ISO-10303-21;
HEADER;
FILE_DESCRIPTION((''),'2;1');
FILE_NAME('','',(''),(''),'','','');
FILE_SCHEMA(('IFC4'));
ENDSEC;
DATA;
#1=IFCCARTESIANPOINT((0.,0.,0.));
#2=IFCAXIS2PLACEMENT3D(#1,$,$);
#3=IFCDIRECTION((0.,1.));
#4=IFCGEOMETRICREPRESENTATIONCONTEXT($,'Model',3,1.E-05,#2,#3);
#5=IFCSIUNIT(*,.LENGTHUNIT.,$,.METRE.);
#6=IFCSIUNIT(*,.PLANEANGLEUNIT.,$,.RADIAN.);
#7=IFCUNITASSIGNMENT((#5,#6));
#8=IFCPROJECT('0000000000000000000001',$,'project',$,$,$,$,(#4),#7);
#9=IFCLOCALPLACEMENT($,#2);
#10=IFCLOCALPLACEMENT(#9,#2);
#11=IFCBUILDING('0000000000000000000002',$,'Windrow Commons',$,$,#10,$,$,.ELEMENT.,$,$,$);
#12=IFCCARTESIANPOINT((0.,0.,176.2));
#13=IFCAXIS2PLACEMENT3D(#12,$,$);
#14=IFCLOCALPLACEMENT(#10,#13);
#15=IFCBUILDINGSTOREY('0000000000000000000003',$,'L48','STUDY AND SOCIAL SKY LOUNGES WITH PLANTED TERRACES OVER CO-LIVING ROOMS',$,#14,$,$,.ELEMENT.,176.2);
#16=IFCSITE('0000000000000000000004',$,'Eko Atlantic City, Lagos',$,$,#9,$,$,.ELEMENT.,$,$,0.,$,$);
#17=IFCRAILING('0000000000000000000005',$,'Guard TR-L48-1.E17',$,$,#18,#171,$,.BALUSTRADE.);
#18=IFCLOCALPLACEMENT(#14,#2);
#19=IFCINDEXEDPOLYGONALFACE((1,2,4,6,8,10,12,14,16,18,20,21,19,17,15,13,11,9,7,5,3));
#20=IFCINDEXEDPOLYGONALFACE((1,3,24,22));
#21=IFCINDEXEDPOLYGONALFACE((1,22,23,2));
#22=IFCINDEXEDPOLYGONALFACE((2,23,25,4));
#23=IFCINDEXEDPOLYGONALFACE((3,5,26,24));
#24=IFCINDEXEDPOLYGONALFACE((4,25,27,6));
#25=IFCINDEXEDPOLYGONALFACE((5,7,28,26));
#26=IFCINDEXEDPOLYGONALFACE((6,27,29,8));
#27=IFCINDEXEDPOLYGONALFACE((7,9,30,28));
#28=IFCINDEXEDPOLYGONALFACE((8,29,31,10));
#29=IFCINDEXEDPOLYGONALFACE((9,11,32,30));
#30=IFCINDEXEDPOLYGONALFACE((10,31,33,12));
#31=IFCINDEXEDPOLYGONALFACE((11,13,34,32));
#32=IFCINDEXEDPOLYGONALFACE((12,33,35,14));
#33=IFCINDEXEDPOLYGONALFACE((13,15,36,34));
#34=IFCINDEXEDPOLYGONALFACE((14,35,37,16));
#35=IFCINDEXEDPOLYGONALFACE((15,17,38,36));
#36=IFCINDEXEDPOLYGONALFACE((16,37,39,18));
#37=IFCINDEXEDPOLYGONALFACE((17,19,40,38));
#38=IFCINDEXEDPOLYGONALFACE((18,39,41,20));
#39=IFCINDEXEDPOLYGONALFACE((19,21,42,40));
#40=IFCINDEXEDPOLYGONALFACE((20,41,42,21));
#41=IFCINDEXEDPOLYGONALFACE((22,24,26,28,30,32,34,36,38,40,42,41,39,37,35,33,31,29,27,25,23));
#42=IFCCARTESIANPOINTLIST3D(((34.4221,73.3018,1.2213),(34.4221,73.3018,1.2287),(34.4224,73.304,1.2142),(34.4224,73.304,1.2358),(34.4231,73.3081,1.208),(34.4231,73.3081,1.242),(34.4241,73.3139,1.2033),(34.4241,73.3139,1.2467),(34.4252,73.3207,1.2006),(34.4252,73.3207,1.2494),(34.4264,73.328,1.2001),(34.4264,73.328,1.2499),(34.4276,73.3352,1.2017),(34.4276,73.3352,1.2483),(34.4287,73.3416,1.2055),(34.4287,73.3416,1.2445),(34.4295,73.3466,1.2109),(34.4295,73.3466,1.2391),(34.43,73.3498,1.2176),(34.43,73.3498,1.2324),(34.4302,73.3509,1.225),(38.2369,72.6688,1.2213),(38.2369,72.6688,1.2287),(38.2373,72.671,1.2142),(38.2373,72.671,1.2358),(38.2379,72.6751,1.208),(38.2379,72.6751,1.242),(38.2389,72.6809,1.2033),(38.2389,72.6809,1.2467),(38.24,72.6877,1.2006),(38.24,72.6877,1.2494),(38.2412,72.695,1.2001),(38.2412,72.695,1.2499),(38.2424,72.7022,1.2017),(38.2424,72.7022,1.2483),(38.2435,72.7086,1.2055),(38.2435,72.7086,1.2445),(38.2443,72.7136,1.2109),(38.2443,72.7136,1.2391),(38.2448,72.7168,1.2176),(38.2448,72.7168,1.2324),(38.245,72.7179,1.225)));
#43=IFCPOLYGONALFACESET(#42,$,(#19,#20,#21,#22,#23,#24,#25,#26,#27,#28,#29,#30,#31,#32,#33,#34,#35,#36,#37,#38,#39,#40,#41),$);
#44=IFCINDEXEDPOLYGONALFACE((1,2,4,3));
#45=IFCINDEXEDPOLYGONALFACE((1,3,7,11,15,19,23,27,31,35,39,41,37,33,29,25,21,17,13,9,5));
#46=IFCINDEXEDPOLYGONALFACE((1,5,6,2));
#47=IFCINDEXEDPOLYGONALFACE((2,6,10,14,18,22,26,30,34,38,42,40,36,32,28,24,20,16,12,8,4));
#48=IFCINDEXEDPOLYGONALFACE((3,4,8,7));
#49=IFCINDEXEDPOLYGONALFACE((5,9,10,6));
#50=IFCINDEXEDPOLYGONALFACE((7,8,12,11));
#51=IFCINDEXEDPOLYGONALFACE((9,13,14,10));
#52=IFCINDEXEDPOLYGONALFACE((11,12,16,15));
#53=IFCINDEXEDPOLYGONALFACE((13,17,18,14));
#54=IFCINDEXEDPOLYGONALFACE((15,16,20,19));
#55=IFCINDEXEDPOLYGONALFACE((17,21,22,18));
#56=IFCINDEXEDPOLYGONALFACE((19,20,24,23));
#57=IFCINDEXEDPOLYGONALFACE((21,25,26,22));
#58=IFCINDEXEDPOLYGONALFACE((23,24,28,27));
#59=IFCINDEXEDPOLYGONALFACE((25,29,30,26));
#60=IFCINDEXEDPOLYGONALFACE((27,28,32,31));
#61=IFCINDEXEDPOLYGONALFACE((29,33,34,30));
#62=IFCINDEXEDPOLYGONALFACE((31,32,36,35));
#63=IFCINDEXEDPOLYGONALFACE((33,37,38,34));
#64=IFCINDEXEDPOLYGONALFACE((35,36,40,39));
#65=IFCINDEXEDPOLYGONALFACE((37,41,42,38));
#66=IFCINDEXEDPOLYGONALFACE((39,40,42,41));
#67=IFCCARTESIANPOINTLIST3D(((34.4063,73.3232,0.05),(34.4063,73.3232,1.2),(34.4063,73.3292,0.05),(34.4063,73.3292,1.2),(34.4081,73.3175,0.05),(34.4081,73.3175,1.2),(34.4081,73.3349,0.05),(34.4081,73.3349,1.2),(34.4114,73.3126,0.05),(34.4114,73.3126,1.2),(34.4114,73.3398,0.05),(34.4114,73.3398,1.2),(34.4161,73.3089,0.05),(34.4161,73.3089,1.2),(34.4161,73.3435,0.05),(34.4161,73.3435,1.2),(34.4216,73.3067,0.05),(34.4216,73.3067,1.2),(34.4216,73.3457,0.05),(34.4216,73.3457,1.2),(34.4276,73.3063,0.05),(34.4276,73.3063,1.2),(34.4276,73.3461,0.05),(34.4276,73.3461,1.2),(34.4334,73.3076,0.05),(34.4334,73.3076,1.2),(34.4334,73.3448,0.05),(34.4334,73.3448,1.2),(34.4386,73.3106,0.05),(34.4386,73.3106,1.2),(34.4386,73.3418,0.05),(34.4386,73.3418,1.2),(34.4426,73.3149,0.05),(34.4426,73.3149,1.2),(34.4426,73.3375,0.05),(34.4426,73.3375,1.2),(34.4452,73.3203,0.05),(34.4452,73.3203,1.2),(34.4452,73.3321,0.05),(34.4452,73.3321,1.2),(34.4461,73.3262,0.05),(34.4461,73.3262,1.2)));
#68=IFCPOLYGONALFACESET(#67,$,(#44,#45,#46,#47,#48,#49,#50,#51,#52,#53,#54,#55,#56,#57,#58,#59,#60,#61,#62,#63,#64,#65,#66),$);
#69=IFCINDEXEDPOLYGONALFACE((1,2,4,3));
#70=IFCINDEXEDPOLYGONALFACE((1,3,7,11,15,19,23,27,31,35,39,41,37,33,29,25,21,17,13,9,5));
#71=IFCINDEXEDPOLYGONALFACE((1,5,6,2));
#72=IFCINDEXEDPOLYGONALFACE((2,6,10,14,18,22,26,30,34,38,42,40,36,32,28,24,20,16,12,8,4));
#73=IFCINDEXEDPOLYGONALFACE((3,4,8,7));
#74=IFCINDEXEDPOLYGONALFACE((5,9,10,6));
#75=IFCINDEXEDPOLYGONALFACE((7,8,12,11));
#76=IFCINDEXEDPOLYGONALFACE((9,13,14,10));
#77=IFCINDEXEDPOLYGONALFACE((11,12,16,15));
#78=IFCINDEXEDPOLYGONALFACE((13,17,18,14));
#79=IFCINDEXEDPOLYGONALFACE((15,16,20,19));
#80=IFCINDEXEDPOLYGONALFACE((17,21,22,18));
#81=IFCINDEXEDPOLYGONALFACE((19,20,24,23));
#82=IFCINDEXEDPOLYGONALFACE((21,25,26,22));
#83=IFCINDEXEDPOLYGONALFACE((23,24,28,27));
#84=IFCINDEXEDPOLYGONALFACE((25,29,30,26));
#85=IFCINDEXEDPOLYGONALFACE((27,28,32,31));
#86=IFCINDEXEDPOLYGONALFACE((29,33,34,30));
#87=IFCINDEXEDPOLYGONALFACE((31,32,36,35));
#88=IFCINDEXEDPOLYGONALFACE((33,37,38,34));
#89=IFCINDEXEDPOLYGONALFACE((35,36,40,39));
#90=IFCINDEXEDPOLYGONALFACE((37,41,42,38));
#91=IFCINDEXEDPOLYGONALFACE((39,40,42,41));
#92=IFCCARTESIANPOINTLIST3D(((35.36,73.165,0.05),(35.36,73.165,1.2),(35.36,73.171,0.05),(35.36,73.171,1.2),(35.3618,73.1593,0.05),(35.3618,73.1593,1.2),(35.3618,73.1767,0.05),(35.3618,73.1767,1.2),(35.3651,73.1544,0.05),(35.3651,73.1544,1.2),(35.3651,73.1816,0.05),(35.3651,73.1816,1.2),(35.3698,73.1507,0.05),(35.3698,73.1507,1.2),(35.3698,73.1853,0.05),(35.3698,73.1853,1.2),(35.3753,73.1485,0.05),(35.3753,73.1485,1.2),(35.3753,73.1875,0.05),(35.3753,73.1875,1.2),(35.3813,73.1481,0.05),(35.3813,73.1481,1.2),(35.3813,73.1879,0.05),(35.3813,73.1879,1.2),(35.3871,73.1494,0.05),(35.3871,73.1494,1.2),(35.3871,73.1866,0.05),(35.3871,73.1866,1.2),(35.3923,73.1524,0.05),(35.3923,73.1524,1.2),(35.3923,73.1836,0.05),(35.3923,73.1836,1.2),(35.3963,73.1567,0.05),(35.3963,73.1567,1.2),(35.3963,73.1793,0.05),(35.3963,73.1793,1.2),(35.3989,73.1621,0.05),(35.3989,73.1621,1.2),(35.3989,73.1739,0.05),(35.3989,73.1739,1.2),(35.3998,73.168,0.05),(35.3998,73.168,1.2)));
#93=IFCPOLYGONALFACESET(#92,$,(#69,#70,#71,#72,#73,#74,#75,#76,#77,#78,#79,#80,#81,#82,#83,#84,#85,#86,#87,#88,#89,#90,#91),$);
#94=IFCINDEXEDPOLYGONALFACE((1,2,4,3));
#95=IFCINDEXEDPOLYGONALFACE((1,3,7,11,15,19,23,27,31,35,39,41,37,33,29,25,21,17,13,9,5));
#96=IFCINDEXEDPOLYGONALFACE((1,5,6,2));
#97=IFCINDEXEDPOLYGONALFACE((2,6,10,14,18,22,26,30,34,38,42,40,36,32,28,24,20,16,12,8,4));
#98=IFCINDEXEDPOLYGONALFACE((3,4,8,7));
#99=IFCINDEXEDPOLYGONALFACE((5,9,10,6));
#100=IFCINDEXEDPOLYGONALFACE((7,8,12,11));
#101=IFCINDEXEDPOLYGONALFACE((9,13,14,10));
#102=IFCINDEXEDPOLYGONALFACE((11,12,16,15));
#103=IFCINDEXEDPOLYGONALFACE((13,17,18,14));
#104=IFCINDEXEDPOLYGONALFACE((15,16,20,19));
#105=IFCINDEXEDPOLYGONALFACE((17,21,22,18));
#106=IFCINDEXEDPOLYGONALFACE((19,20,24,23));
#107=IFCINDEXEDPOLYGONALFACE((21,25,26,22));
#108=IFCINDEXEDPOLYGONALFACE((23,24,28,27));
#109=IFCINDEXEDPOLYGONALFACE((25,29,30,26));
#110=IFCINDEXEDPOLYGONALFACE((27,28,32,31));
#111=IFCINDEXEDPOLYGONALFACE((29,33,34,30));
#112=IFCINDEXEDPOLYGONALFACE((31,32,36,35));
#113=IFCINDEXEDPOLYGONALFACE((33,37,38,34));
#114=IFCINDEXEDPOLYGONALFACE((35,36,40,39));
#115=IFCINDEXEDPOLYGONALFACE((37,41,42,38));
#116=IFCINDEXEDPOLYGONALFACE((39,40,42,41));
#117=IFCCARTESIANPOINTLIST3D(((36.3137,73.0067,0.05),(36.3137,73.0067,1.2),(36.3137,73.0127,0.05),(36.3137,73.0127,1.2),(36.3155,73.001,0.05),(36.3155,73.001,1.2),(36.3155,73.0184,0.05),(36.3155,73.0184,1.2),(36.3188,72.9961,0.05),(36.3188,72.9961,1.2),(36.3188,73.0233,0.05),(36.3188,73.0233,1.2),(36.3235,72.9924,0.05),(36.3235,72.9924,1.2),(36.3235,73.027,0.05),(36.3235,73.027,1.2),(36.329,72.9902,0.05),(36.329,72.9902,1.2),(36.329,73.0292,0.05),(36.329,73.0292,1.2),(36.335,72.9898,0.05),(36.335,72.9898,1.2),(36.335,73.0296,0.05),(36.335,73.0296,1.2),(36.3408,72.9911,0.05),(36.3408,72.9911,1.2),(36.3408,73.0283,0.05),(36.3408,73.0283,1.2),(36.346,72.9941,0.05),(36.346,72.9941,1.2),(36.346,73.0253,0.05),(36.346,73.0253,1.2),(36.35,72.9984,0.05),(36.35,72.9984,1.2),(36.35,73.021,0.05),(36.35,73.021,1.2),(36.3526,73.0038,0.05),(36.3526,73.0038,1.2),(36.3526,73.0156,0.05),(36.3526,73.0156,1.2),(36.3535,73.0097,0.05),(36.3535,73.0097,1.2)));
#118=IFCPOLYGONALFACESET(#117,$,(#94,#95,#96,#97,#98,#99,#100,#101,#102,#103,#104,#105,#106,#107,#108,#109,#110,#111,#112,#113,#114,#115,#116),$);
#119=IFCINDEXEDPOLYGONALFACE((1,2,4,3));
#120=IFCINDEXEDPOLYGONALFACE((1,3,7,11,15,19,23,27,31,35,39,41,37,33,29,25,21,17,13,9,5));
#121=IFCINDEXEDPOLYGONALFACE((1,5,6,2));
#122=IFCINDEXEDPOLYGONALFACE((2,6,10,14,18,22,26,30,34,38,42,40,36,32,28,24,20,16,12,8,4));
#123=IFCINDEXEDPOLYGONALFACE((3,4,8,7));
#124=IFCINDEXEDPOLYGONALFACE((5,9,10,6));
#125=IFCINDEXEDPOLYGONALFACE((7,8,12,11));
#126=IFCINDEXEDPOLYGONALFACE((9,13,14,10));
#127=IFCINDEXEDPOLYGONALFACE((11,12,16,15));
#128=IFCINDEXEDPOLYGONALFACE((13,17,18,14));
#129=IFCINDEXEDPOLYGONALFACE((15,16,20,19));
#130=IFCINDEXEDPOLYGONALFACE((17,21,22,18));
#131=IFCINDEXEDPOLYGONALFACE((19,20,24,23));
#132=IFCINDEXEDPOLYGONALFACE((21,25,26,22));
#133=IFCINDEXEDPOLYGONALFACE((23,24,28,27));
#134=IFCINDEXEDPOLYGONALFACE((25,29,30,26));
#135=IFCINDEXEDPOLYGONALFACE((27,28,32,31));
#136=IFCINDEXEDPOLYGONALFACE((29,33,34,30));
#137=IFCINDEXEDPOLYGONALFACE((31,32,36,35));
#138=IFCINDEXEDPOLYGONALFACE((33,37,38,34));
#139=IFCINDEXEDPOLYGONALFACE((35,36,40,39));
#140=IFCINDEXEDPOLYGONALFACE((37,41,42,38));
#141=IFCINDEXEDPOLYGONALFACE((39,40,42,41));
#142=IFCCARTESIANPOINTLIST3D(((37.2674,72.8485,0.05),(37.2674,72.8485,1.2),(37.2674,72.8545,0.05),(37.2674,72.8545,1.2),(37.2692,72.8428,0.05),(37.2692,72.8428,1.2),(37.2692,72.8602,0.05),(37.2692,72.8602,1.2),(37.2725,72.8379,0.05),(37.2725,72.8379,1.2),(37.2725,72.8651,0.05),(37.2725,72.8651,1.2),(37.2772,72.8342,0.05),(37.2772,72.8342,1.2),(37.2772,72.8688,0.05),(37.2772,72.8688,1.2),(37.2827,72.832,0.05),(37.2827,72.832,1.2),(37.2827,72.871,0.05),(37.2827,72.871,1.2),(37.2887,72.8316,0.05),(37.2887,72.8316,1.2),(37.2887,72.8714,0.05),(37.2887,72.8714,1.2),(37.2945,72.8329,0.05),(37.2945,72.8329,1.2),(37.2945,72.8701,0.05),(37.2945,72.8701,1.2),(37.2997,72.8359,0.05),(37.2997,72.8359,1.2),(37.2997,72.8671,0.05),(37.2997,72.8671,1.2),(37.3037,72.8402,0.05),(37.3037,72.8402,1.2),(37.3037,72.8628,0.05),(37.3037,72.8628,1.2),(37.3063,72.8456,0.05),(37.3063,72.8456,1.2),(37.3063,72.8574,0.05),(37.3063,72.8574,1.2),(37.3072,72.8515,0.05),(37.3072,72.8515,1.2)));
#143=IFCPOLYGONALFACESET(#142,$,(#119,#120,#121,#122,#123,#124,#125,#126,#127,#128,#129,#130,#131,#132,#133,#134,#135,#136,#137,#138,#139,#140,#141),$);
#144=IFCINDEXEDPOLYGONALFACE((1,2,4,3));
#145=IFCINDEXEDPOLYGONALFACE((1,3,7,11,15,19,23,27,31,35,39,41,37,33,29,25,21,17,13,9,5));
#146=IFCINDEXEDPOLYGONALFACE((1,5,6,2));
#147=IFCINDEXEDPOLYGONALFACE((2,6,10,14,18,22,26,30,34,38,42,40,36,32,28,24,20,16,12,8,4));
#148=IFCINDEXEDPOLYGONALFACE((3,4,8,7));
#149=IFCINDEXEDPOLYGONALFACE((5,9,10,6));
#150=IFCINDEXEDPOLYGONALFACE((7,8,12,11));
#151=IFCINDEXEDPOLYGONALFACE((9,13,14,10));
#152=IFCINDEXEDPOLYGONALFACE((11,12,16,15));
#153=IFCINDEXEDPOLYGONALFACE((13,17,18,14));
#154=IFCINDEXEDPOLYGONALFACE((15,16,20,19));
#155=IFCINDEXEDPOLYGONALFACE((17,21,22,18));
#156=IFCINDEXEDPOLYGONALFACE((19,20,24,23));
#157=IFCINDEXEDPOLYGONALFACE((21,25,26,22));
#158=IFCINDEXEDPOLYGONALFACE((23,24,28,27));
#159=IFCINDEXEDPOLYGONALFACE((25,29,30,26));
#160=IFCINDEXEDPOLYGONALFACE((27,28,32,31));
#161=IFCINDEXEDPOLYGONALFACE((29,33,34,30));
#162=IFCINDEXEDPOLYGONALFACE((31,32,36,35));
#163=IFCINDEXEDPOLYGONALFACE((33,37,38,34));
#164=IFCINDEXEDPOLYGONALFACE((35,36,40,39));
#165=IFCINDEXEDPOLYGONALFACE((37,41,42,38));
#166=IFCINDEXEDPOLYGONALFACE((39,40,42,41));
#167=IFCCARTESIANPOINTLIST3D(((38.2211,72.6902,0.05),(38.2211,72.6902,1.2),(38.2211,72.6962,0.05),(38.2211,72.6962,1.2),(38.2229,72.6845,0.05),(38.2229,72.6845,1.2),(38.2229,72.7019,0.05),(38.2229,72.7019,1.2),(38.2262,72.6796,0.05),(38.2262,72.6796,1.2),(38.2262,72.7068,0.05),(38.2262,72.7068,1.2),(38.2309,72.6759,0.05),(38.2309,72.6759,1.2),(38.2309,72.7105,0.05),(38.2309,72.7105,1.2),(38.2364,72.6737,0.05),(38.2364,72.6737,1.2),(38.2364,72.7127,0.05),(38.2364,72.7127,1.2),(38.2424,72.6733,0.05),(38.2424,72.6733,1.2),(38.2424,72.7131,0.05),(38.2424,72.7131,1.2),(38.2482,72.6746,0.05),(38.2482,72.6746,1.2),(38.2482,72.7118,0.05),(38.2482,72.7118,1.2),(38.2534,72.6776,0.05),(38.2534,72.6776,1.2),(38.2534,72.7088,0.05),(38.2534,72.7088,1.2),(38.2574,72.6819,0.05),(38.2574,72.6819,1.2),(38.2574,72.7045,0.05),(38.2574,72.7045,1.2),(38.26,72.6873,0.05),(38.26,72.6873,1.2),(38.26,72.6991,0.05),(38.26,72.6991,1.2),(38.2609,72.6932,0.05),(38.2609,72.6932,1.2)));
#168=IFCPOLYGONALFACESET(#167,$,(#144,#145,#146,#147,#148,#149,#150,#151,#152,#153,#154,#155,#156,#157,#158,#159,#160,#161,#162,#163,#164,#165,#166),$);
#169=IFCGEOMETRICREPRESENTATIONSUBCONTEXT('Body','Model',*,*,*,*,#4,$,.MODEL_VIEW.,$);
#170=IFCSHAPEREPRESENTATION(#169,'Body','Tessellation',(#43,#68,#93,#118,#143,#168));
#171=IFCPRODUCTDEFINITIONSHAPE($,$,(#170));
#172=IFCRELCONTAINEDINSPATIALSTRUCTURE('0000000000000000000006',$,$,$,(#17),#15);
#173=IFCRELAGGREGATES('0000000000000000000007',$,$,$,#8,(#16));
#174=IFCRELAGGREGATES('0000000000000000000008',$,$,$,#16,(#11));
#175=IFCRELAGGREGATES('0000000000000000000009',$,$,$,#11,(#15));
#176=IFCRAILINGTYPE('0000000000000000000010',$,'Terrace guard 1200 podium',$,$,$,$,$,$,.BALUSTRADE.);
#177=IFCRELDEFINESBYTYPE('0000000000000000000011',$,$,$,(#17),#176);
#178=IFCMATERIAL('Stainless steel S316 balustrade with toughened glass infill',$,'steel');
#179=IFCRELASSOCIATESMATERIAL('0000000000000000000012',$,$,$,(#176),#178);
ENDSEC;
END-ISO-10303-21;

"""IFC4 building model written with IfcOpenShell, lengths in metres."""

from ifc_helpers import new_model, si_unit, direction, frame, origin, origin_2d, place, context, subcontext, project, spatial, circle, extrude, material, type_object, element, save


model = new_model("IFC4")

# Units and contexts
model_context = context("Model", 3, precision=1e-05, world=origin(), true_north=direction((0.0, 1.0)))
body_context = subcontext(model_context, "Body", "Model", "MODEL_VIEW")
ifc_project = project(units=[si_unit("LENGTHUNIT", "METRE"), si_unit("PLANEANGLEUNIT", "RADIAN")], contexts=[model_context])

# Site, building, storey
site_placement = place(None, origin())
site = spatial("IfcSite", under=ifc_project, at=site_placement, Name="Eko Atlantic City, Lagos", CompositionType="ELEMENT", RefElevation=0.0)
building_placement = place(site_placement, origin())
building = spatial("IfcBuilding", under=site, at=building_placement, Name="Windrow Commons", CompositionType="ELEMENT")
storey_placement = place(building_placement, frame((0.0, 0.0, 176.2)))
storey = spatial("IfcBuildingStorey", under=building, at=storey_placement, Name="L48", Description="STUDY AND SOCIAL SKY LOUNGES WITH PLANTED TERRACES OVER CO-LIVING ROOMS", CompositionType="ELEMENT", Elevation=176.2)

# Railing
ifc_material_1 = material(Name="Stainless steel S316 balustrade with toughened glass infill", Category="steel")
railing_type = type_object("IfcRailingType", Name="Terrace guard 1200 podium", PredefinedType="BALUSTRADE", material=ifc_material_1)
railing_1_placement = place(storey_placement, frame((34.4261, 73.3262, 0.05)))
element("IfcRailing", 1, at=railing_1_placement, inside=storey, type_object=railing_type, Name="Guard TR-L48-1.E17", PredefinedType="BALUSTRADE", context=body_context, shape_type="SweptSolid", body=[
    extrude(circle(Radius=0.025, at=origin_2d()), frame((0.0, 0.0, 1.175), z_axis=(0.986511, -0.163694, 0.0), x_axis=(0.163694, 0.986511, 0.0)), (0.0, 0.0, 1.0), 3.867),
    extrude(circle(Radius=0.02, at=origin_2d()), origin(), (0.0, 0.0, 1.0), 1.15),
    extrude(circle(Radius=0.02, at=origin_2d()), frame((0.9537, -0.1582, 0.0)), (0.0, 0.0, 1.0), 1.15),
    extrude(circle(Radius=0.02, at=origin_2d()), frame((1.9074, -0.3165, 0.0)), (0.0, 0.0, 1.0), 1.15),
    extrude(circle(Radius=0.02, at=origin_2d()), frame((2.8611, -0.4747, 0.0)), (0.0, 0.0, 1.0), 1.15),
    extrude(circle(Radius=0.02, at=origin_2d()), frame((3.8148, -0.633, 0.0)), (0.0, 0.0, 1.0), 1.15),
])

save(model, "model.ifc")
